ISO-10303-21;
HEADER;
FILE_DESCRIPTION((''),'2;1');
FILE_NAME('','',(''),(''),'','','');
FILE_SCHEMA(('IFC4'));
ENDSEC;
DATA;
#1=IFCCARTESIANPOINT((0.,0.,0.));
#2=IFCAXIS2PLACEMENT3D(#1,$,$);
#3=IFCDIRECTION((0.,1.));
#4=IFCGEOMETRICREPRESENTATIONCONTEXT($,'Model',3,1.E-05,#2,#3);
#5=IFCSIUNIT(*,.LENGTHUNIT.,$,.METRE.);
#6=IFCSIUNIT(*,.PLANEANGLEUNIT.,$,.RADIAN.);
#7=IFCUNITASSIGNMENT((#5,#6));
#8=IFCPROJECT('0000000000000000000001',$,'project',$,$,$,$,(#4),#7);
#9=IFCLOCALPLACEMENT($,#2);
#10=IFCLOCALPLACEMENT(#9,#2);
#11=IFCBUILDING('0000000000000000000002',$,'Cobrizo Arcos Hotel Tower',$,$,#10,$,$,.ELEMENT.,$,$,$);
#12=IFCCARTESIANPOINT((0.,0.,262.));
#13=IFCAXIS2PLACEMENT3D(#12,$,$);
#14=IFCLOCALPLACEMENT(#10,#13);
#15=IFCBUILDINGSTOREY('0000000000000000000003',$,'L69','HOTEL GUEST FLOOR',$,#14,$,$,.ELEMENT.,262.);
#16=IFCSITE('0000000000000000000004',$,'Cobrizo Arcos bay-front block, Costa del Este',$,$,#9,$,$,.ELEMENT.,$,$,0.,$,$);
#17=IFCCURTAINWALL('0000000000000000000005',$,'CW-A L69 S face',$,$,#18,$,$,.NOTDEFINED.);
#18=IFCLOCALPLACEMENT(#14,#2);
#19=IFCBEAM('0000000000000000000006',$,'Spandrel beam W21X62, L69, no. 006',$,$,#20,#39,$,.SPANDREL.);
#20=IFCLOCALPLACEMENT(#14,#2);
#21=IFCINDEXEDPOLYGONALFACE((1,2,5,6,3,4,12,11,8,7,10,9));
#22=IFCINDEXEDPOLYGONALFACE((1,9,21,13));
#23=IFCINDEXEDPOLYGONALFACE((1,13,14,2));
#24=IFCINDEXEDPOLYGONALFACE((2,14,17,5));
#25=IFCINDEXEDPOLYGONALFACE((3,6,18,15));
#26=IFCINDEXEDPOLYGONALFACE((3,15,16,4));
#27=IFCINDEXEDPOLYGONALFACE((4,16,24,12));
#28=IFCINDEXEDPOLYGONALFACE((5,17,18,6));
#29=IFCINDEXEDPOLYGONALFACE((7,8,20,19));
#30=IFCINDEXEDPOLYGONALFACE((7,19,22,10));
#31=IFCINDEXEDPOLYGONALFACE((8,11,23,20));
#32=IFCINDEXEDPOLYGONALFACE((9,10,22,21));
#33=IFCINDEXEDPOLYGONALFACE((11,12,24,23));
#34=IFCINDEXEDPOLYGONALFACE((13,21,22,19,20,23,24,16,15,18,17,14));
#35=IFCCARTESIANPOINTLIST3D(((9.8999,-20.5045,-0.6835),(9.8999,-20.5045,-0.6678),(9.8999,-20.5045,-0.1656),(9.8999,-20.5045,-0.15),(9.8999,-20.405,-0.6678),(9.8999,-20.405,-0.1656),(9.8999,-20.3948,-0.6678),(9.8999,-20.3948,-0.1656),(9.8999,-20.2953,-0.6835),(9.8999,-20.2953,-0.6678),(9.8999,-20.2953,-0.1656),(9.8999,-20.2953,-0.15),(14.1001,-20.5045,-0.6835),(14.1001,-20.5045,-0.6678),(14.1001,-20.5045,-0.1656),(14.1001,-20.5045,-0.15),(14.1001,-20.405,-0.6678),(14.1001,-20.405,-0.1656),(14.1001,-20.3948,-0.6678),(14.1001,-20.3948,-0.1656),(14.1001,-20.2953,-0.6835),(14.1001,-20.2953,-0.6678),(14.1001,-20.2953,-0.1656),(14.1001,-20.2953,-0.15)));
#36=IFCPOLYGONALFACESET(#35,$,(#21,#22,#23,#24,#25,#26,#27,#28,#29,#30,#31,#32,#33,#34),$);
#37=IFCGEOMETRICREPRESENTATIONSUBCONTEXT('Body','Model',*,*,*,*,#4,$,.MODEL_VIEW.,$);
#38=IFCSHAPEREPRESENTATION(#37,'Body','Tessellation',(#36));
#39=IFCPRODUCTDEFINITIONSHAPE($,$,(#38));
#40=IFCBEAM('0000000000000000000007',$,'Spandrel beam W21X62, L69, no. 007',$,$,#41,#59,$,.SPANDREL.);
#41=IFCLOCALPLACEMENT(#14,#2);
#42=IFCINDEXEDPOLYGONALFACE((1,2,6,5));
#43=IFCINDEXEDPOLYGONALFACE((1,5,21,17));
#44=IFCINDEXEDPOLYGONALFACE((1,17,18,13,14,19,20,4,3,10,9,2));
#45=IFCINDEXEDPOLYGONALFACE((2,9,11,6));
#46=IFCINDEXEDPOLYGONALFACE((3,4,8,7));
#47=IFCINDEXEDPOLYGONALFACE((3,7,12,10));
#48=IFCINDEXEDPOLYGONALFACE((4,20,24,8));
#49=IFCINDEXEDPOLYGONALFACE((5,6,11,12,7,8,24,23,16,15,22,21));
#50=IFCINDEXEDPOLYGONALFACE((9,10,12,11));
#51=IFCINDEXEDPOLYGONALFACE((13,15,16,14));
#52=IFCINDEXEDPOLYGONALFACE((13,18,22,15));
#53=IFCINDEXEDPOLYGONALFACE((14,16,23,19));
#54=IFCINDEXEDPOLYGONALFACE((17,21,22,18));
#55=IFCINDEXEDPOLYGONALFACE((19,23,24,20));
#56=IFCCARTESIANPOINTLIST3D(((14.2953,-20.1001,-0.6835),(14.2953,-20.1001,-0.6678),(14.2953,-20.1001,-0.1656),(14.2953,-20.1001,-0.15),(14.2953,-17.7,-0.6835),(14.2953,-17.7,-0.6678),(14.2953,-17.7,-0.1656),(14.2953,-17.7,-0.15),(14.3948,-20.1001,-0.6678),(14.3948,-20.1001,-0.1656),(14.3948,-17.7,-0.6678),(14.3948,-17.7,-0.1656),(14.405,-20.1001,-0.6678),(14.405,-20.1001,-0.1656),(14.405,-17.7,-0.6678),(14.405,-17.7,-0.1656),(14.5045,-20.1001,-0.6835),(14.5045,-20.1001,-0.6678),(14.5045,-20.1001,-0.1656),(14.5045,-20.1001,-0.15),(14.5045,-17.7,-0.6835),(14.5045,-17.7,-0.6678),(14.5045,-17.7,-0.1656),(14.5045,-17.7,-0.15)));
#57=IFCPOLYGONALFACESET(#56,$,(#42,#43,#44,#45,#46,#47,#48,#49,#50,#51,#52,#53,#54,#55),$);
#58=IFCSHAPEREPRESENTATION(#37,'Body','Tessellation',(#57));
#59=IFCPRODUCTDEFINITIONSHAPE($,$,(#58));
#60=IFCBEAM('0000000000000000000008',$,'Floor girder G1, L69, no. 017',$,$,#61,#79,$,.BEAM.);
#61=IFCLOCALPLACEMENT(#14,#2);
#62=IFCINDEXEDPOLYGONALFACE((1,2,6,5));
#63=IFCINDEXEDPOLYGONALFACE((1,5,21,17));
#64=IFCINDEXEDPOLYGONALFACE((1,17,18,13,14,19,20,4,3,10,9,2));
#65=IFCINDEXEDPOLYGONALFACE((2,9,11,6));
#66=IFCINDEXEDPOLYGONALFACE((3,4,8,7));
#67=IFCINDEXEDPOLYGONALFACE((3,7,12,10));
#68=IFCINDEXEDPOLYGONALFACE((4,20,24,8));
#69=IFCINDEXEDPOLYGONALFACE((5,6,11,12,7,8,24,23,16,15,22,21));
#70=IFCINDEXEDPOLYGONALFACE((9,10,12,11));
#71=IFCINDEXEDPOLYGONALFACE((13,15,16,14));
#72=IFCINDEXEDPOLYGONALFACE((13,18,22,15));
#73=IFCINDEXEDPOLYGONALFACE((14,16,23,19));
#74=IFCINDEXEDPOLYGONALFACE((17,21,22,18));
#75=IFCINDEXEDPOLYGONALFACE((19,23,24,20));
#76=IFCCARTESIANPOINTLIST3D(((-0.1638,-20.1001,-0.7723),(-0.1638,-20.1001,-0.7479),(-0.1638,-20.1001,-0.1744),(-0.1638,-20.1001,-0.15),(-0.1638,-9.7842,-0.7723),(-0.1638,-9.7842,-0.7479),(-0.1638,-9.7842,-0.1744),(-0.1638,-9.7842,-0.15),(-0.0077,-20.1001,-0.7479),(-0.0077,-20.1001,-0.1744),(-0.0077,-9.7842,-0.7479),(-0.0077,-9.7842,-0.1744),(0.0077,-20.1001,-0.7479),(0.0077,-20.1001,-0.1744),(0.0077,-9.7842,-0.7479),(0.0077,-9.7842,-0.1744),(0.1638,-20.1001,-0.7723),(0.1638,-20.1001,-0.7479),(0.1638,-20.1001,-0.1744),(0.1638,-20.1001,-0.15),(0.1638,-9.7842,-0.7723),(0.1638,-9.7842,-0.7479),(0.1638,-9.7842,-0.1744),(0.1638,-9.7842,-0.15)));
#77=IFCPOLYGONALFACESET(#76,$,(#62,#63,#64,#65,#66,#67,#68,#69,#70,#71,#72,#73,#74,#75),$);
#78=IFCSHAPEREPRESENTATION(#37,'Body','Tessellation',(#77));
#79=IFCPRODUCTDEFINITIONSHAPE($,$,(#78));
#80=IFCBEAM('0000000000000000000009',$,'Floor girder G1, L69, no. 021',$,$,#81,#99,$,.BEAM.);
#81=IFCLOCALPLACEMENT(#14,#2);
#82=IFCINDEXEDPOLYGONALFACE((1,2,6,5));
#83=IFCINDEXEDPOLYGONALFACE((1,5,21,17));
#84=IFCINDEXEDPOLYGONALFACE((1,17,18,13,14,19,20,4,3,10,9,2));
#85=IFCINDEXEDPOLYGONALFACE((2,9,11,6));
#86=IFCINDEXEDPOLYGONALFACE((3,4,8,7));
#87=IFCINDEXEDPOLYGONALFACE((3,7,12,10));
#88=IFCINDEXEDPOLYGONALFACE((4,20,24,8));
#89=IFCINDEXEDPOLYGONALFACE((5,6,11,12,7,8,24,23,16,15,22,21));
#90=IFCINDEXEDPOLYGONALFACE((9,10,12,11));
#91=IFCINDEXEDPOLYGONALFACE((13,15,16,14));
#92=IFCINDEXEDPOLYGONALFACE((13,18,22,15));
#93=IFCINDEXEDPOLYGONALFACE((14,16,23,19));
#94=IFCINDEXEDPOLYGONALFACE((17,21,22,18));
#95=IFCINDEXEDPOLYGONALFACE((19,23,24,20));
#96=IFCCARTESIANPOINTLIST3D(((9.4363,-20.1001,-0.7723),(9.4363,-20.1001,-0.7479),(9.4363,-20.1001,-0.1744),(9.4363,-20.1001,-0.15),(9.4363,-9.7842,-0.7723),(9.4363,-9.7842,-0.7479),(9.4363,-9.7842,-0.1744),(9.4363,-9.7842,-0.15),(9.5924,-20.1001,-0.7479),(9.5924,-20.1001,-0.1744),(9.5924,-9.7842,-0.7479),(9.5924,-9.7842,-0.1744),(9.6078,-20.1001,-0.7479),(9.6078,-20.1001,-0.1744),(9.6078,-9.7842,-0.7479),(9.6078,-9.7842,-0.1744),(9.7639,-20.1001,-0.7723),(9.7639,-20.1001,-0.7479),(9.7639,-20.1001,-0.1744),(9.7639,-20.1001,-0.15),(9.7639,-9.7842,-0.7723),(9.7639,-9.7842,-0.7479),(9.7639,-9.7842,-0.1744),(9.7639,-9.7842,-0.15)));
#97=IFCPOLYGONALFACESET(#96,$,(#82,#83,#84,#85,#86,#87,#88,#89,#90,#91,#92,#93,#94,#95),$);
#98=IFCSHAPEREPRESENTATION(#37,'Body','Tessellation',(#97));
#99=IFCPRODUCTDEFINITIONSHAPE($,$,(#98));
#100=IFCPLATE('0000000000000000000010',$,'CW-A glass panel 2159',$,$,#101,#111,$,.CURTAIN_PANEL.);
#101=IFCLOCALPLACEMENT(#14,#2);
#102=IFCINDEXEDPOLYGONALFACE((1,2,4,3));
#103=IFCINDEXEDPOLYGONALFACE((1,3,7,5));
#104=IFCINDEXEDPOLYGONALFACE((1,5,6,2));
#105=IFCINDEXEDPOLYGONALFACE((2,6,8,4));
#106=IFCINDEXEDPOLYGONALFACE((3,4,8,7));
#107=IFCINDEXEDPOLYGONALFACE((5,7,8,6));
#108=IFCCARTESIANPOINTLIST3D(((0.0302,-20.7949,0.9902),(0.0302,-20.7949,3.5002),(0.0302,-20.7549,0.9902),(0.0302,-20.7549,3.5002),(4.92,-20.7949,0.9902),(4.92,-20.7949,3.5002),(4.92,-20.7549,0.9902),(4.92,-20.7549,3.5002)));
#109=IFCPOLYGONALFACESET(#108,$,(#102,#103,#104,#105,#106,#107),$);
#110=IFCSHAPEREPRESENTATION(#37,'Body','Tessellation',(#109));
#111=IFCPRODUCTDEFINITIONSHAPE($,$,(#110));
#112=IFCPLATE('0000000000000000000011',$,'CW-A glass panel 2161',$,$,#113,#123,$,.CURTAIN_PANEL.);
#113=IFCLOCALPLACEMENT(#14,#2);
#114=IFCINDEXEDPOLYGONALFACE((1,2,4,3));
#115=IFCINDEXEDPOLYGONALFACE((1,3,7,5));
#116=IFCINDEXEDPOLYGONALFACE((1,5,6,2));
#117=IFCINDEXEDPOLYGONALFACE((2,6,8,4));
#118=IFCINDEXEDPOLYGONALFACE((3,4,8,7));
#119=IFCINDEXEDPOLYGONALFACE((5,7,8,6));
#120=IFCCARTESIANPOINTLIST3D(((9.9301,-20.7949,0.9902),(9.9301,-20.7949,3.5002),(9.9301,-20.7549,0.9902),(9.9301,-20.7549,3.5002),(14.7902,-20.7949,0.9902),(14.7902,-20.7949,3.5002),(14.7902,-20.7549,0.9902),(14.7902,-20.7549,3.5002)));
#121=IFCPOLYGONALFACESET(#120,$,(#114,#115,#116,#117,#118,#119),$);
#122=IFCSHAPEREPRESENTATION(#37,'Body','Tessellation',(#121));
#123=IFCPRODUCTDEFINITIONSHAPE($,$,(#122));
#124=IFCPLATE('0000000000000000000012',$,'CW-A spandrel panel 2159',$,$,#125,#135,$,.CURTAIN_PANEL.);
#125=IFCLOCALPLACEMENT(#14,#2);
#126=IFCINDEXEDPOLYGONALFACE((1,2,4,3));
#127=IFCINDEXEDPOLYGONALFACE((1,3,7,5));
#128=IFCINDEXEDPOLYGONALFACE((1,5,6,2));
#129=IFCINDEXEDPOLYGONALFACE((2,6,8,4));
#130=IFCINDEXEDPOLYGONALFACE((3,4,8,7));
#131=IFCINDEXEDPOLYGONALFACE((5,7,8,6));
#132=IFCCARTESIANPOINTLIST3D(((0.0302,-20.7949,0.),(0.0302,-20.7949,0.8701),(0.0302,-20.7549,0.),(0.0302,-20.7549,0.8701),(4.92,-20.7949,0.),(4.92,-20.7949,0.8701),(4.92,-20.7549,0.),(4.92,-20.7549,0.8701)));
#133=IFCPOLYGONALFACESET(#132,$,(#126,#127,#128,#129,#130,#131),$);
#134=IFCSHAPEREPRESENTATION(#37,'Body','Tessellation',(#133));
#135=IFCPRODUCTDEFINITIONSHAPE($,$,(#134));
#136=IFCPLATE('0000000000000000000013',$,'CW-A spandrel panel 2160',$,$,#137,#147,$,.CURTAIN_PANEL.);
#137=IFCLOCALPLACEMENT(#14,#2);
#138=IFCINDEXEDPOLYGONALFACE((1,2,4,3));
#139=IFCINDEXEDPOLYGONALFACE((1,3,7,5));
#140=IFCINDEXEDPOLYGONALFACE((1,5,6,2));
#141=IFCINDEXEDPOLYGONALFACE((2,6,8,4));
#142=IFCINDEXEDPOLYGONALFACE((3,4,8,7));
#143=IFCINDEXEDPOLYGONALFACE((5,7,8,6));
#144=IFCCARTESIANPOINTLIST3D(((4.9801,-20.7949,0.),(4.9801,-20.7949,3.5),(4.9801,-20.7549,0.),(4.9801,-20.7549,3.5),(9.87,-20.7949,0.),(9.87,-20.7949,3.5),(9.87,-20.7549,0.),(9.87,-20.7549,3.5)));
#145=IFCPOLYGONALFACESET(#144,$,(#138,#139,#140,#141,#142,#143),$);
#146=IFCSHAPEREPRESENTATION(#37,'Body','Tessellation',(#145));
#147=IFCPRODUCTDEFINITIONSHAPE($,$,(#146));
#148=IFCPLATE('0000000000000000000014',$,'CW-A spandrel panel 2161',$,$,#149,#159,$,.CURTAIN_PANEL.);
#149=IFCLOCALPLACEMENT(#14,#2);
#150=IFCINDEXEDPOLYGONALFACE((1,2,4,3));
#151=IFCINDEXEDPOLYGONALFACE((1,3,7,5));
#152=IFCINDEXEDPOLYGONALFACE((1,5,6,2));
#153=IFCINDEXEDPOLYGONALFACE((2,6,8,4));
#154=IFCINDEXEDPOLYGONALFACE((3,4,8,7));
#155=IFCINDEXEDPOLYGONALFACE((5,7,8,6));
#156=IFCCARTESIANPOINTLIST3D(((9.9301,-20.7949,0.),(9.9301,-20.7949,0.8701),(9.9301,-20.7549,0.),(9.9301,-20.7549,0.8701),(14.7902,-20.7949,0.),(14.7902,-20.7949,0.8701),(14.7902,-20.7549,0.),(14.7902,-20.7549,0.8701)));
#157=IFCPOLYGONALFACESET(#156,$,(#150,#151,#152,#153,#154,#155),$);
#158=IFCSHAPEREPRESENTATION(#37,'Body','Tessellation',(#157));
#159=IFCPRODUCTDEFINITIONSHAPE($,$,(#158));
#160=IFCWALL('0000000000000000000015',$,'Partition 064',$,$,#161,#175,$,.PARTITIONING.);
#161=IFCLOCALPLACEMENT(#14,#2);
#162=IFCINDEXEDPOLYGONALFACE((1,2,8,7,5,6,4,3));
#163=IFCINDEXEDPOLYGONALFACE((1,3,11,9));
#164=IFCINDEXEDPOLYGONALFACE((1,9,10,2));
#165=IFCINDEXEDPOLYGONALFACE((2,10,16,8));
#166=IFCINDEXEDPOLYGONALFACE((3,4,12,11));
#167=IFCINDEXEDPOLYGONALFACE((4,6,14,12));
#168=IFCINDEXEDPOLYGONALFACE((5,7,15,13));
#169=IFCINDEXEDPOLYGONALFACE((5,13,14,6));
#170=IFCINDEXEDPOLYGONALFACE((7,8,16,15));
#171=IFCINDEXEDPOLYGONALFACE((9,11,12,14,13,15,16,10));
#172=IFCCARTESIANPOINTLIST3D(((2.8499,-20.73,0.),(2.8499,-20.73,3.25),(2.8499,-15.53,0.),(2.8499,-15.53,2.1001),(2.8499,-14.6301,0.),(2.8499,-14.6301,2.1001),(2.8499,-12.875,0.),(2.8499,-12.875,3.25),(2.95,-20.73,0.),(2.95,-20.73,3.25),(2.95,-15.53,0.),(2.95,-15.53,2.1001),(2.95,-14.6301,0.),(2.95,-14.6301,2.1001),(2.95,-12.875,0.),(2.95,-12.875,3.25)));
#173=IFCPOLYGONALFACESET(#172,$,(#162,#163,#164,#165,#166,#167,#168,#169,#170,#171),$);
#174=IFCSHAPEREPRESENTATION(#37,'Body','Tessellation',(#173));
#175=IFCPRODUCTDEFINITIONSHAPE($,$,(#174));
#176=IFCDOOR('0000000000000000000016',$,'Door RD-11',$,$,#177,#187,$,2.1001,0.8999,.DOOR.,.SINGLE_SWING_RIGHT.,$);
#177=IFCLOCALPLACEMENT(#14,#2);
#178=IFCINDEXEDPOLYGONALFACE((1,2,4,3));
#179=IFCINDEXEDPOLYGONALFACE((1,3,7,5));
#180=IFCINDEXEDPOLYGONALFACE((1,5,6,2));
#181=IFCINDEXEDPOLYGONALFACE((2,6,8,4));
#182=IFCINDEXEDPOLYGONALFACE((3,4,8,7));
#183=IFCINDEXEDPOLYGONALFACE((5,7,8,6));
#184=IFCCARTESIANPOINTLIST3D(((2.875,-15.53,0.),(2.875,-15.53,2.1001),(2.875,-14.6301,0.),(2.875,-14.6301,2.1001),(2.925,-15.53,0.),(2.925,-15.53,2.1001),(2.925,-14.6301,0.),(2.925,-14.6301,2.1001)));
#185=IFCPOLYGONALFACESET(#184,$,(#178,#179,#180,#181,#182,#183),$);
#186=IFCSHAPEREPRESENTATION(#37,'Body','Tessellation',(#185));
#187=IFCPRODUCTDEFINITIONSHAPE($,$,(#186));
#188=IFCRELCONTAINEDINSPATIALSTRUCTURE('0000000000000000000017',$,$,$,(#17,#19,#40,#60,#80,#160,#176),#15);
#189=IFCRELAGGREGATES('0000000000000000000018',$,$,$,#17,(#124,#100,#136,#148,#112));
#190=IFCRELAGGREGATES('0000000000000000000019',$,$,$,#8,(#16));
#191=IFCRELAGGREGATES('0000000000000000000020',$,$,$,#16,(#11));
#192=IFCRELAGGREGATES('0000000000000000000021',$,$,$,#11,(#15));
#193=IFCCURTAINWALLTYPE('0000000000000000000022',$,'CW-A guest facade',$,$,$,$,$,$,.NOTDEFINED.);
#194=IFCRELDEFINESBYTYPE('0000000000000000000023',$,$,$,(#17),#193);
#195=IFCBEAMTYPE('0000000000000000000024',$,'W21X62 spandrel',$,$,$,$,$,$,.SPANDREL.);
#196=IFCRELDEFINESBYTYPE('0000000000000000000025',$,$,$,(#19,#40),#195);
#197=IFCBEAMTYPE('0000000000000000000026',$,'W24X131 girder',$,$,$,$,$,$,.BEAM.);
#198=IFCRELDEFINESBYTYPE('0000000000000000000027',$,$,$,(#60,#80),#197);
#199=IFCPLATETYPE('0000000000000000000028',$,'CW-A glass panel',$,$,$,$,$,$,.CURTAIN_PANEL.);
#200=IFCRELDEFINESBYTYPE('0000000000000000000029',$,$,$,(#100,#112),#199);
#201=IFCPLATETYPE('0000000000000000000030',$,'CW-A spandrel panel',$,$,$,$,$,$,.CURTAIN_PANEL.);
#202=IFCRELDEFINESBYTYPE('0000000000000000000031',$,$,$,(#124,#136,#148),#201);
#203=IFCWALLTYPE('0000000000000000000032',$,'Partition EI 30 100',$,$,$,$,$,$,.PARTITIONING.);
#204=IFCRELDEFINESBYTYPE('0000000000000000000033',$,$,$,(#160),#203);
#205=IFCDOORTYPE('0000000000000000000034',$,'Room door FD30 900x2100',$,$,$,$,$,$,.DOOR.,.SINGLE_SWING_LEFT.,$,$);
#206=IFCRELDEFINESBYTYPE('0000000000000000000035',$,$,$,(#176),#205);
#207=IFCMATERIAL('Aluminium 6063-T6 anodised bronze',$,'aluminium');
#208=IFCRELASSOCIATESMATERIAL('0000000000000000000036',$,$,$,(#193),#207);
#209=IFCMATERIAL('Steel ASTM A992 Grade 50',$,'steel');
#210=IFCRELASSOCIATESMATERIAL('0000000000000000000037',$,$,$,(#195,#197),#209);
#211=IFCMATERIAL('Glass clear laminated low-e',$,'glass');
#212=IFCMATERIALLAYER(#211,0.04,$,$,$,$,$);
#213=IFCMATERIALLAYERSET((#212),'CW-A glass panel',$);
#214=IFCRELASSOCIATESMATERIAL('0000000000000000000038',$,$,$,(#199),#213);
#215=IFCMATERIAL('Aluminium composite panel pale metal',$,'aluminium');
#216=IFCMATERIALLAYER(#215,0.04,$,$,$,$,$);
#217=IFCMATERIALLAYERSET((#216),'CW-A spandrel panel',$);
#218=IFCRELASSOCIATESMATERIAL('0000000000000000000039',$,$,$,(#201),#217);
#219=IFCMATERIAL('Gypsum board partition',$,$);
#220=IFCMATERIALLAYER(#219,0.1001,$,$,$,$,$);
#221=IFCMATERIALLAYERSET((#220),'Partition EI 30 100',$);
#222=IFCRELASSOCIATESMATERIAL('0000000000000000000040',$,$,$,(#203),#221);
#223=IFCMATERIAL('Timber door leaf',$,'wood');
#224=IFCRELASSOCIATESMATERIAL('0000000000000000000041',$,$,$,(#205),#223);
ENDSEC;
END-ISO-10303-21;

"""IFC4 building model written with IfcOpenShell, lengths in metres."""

from ifc_helpers import new_model, si_unit, direction, frame, frame_2d, origin, origin_2d, place, context, subcontext, project, spatial, rectangle, i_section, extrude, material, layer, layer_set, material_profile, profile_set, type_object, element, fill, aggregate, save


model = new_model("IFC4")

# Units and contexts
model_context = context("Model", 3, precision=1e-05, world=origin(), true_north=direction((0.0, 1.0)))
body_context = subcontext(model_context, "Body", "Model", "MODEL_VIEW")
ifc_project = project(units=[si_unit("LENGTHUNIT", "METRE"), si_unit("PLANEANGLEUNIT", "RADIAN")], contexts=[model_context])

# Site, building, storey
site_placement = place(None, origin())
site = spatial("IfcSite", under=ifc_project, at=site_placement, Name="Cobrizo Arcos bay-front block, Costa del Este", CompositionType="ELEMENT", RefElevation=0.0)
building_placement = place(site_placement, origin())
building = spatial("IfcBuilding", under=site, at=building_placement, Name="Cobrizo Arcos Hotel Tower", CompositionType="ELEMENT")
storey_placement = place(building_placement, frame((0.0, 0.0, 262.0)))
storey = spatial("IfcBuildingStorey", under=building, at=storey_placement, Name="L69", Description="HOTEL GUEST FLOOR", CompositionType="ELEMENT", Elevation=262.0)

# Curtain wall
ifc_material_1 = material(Name="Aluminium 6063-T6 anodised bronze", Category="aluminium")
curtain_wall_type = type_object("IfcCurtainWallType", Name="CW-A guest facade", PredefinedType="NOTDEFINED", material=ifc_material_1)
curtain_wall_placement = place(storey_placement, origin())
curtain_wall = element("IfcCurtainWall", 1, at=curtain_wall_placement, inside=storey, type_object=curtain_wall_type, Name="CW-A L69 S face", PredefinedType="NOTDEFINED")

# Beams
ifc_material_2 = material(Name="Steel ASTM A992 Grade 50", Category="steel")
ifc_material_profile_1 = material_profile(ifc_material_2, i_section(OverallWidth=0.2092, OverallDepth=0.5334, WebThickness=0.0103, FlangeThickness=0.0156, at=origin_2d()), Name="W21X62")
ifc_profile_set_1 = profile_set([ifc_material_profile_1], Name="Steel ASTM A992 Grade 50")
beam_type_1 = type_object("IfcBeamType", Name="W21X62 spandrel", PredefinedType="SPANDREL", material=ifc_profile_set_1)
beam_1_placement = place(storey_placement, frame((9.8999, -20.3999, -0.4167), z_axis=(1.0, 0.0, 0.0), x_axis=(0.0, 1.0, 0.0)))
element("IfcBeam", 2, at=beam_1_placement, inside=storey, type_object=beam_type_1, Name="Spandrel beam W21X62, L69, no. 006", PredefinedType="SPANDREL", context=body_context, shape_type="SweptSolid", body=[
    extrude(i_section(OverallWidth=0.2092, OverallDepth=0.5334, WebThickness=0.0103, FlangeThickness=0.0156, at=origin_2d()), origin(), (0.0, 0.0, 1.0), 4.2002),
])
beam_2_placement = place(storey_placement, frame((14.3999, -20.1001, -0.4167), z_axis=(0.0, 1.0, 0.0), x_axis=(-1.0, 0.0, 0.0)))
element("IfcBeam", 3, at=beam_2_placement, inside=storey, type_object=beam_type_1, Name="Spandrel beam W21X62, L69, no. 007", PredefinedType="SPANDREL", context=body_context, shape_type="SweptSolid", body=[
    extrude(i_section(OverallWidth=0.2092, OverallDepth=0.5334, WebThickness=0.0103, FlangeThickness=0.0156, at=origin_2d()), origin(), (0.0, 0.0, 1.0), 2.4001),
])
ifc_material_profile_2 = material_profile(ifc_material_2, i_section(OverallWidth=0.3276, OverallDepth=0.6223, WebThickness=0.0154, FlangeThickness=0.0244, at=origin_2d()), Name="W24X131")
ifc_profile_set_2 = profile_set([ifc_material_profile_2], Name="Steel ASTM A992 Grade 50")
beam_type_2 = type_object("IfcBeamType", Name="W24X131 girder", PredefinedType="BEAM", material=ifc_profile_set_2)
for number, where, z_axis, x_axis, name in (
    (4, (0.0, -20.1001, -0.4612), (0.0, 1.0, 0.0), (-1.0, 0.0, 0.0), "Floor girder G1, L69, no. 017"),
    (5, (9.6001, -20.1001, -0.4612), (0.0, 1.0, 0.0), (-1.0, 0.0, 0.0), "Floor girder G1, L69, no. 021"),
):
    element("IfcBeam", number, at=place(storey_placement, frame(where, z_axis=z_axis, x_axis=x_axis)), inside=storey, type_object=beam_type_2, Name=name, PredefinedType="BEAM", context=body_context, shape_type="SweptSolid", body=[
        extrude(i_section(OverallWidth=0.3276, OverallDepth=0.6223, WebThickness=0.0154, FlangeThickness=0.0244, at=origin_2d()), origin(), (0.0, 0.0, 1.0), 10.3159),
    ])

# Plates
ifc_material_3 = material(Name="Glass clear laminated low-e", Category="glass")
ifc_layer_1 = layer(ifc_material_3, 0.04)
ifc_layer_set_1 = layer_set([ifc_layer_1], Name="CW-A glass panel")
plate_type_1 = type_object("IfcPlateType", Name="CW-A glass panel", PredefinedType="CURTAIN_PANEL", material=ifc_layer_set_1)
plate_1_placement = place(storey_placement, frame((2.4751, -20.7749, 0.9902), z_axis=(0.0, 0.0, 1.0), x_axis=(1.0, 0.0, 0.0)))
plate_1 = element("IfcPlate", 6, at=plate_1_placement, type_object=plate_type_1, Name="CW-A glass panel 2159", PredefinedType="CURTAIN_PANEL", context=body_context, shape_type="SweptSolid", body=[
    extrude(rectangle(XDim=4.8899, YDim=0.04, at=origin_2d()), origin(), (0.0, 0.0, 1.0), 2.51),
])
plate_2_placement = place(storey_placement, frame((12.3601, -20.7749, 0.9902), z_axis=(0.0, 0.0, 1.0), x_axis=(1.0, 0.0, 0.0)))
plate_2 = element("IfcPlate", 7, at=plate_2_placement, type_object=plate_type_1, Name="CW-A glass panel 2161", PredefinedType="CURTAIN_PANEL", context=body_context, shape_type="SweptSolid", body=[
    extrude(rectangle(XDim=4.8601, YDim=0.04, at=origin_2d()), origin(), (0.0, 0.0, 1.0), 2.51),
])
ifc_material_4 = material(Name="Aluminium composite panel pale metal", Category="aluminium")
ifc_layer_2 = layer(ifc_material_4, 0.04)
ifc_layer_set_2 = layer_set([ifc_layer_2], Name="CW-A spandrel panel")
plate_type_2 = type_object("IfcPlateType", Name="CW-A spandrel panel", PredefinedType="CURTAIN_PANEL", material=ifc_layer_set_2)
plate_3_placement = place(storey_placement, frame((2.4751, -20.7749, 0.0), z_axis=(0.0, 0.0, 1.0), x_axis=(1.0, 0.0, 0.0)))
plate_3 = element("IfcPlate", 8, at=plate_3_placement, type_object=plate_type_2, Name="CW-A spandrel panel 2159", PredefinedType="CURTAIN_PANEL", context=body_context, shape_type="SweptSolid", body=[
    extrude(rectangle(XDim=4.8899, YDim=0.04, at=origin_2d()), origin(), (0.0, 0.0, 1.0), 0.8701),
])
plate_4_placement = place(storey_placement, frame((7.425, -20.7749, 0.0), z_axis=(0.0, 0.0, 1.0), x_axis=(1.0, 0.0, 0.0)))
plate_4 = element("IfcPlate", 9, at=plate_4_placement, type_object=plate_type_2, Name="CW-A spandrel panel 2160", PredefinedType="CURTAIN_PANEL", context=body_context, shape_type="SweptSolid", body=[
    extrude(rectangle(XDim=4.8899, YDim=0.04, at=origin_2d()), origin(), (0.0, 0.0, 1.0), 3.5),
])
plate_5_placement = place(storey_placement, frame((12.3601, -20.7749, 0.0), z_axis=(0.0, 0.0, 1.0), x_axis=(1.0, 0.0, 0.0)))
plate_5 = element("IfcPlate", 10, at=plate_5_placement, type_object=plate_type_2, Name="CW-A spandrel panel 2161", PredefinedType="CURTAIN_PANEL", context=body_context, shape_type="SweptSolid", body=[
    extrude(rectangle(XDim=4.8601, YDim=0.04, at=origin_2d()), origin(), (0.0, 0.0, 1.0), 0.8701),
])
aggregate(curtain_wall, [plate_3, plate_1, plate_4, plate_5, plate_2])

# Wall, opening, door
ifc_material_5 = material(Name="Gypsum board partition")
ifc_layer_3 = layer(ifc_material_5, 0.1001)
ifc_layer_set_3 = layer_set([ifc_layer_3], Name="Partition EI 30 100")
wall_type = type_object("IfcWallType", Name="Partition EI 30 100", PredefinedType="PARTITIONING", material=ifc_layer_set_3)
wall_placement = place(storey_placement, frame((2.8999, -20.73, 0.0), z_axis=(0.0, 0.0, 1.0), x_axis=(0.0, 1.0, 0.0)))
wall = element("IfcWall", 11, at=wall_placement, inside=storey, type_object=wall_type, Name="Partition 064", PredefinedType="PARTITIONING", context=body_context, shape_type="SweptSolid", body=[
    extrude(rectangle(XDim=7.855, YDim=0.1001, at=frame_2d((3.9275, 0.0))), origin(), (0.0, 0.0, 1.0), 3.25),
])
opening_placement = place(wall_placement, frame((5.2, 0.0, 0.0)))
opening = element("IfcOpeningElement", 12, at=opening_placement, cuts=wall, PredefinedType="OPENING", context=body_context, shape_type="SweptSolid", body=[
    extrude(rectangle(XDim=0.8999, YDim=2.1001, at=frame_2d((0.45, 1.05))), frame((0.0, 0.062, 0.0), z_axis=(0.0, -1.0, 0.0), x_axis=(1.0, 0.0, 0.0)), (0.0, 0.0, 1.0), 0.124),
])
ifc_material_6 = material(Name="Timber door leaf", Category="wood")
door_type = type_object("IfcDoorType", Name="Room door FD30 900x2100", OperationType="SINGLE_SWING_LEFT", PredefinedType="DOOR", material=ifc_material_6)
door_placement = place(opening_placement, origin())
door = element("IfcDoor", 13, at=door_placement, inside=storey, type_object=door_type, Name="Door RD-11", OperationType="SINGLE_SWING_RIGHT", OverallHeight=2.1001, OverallWidth=0.8999, PredefinedType="DOOR", context=body_context, shape_type="SweptSolid", body=[
    extrude(rectangle(XDim=0.8999, YDim=2.1001, at=frame_2d((0.45, 1.05))), frame((0.0, 0.0249, 0.0), z_axis=(0.0, -1.0, 0.0), x_axis=(1.0, 0.0, 0.0)), (0.0, 0.0, 1.0), 0.05),
])
fill(opening, door)

save(model, "model.ifc")
